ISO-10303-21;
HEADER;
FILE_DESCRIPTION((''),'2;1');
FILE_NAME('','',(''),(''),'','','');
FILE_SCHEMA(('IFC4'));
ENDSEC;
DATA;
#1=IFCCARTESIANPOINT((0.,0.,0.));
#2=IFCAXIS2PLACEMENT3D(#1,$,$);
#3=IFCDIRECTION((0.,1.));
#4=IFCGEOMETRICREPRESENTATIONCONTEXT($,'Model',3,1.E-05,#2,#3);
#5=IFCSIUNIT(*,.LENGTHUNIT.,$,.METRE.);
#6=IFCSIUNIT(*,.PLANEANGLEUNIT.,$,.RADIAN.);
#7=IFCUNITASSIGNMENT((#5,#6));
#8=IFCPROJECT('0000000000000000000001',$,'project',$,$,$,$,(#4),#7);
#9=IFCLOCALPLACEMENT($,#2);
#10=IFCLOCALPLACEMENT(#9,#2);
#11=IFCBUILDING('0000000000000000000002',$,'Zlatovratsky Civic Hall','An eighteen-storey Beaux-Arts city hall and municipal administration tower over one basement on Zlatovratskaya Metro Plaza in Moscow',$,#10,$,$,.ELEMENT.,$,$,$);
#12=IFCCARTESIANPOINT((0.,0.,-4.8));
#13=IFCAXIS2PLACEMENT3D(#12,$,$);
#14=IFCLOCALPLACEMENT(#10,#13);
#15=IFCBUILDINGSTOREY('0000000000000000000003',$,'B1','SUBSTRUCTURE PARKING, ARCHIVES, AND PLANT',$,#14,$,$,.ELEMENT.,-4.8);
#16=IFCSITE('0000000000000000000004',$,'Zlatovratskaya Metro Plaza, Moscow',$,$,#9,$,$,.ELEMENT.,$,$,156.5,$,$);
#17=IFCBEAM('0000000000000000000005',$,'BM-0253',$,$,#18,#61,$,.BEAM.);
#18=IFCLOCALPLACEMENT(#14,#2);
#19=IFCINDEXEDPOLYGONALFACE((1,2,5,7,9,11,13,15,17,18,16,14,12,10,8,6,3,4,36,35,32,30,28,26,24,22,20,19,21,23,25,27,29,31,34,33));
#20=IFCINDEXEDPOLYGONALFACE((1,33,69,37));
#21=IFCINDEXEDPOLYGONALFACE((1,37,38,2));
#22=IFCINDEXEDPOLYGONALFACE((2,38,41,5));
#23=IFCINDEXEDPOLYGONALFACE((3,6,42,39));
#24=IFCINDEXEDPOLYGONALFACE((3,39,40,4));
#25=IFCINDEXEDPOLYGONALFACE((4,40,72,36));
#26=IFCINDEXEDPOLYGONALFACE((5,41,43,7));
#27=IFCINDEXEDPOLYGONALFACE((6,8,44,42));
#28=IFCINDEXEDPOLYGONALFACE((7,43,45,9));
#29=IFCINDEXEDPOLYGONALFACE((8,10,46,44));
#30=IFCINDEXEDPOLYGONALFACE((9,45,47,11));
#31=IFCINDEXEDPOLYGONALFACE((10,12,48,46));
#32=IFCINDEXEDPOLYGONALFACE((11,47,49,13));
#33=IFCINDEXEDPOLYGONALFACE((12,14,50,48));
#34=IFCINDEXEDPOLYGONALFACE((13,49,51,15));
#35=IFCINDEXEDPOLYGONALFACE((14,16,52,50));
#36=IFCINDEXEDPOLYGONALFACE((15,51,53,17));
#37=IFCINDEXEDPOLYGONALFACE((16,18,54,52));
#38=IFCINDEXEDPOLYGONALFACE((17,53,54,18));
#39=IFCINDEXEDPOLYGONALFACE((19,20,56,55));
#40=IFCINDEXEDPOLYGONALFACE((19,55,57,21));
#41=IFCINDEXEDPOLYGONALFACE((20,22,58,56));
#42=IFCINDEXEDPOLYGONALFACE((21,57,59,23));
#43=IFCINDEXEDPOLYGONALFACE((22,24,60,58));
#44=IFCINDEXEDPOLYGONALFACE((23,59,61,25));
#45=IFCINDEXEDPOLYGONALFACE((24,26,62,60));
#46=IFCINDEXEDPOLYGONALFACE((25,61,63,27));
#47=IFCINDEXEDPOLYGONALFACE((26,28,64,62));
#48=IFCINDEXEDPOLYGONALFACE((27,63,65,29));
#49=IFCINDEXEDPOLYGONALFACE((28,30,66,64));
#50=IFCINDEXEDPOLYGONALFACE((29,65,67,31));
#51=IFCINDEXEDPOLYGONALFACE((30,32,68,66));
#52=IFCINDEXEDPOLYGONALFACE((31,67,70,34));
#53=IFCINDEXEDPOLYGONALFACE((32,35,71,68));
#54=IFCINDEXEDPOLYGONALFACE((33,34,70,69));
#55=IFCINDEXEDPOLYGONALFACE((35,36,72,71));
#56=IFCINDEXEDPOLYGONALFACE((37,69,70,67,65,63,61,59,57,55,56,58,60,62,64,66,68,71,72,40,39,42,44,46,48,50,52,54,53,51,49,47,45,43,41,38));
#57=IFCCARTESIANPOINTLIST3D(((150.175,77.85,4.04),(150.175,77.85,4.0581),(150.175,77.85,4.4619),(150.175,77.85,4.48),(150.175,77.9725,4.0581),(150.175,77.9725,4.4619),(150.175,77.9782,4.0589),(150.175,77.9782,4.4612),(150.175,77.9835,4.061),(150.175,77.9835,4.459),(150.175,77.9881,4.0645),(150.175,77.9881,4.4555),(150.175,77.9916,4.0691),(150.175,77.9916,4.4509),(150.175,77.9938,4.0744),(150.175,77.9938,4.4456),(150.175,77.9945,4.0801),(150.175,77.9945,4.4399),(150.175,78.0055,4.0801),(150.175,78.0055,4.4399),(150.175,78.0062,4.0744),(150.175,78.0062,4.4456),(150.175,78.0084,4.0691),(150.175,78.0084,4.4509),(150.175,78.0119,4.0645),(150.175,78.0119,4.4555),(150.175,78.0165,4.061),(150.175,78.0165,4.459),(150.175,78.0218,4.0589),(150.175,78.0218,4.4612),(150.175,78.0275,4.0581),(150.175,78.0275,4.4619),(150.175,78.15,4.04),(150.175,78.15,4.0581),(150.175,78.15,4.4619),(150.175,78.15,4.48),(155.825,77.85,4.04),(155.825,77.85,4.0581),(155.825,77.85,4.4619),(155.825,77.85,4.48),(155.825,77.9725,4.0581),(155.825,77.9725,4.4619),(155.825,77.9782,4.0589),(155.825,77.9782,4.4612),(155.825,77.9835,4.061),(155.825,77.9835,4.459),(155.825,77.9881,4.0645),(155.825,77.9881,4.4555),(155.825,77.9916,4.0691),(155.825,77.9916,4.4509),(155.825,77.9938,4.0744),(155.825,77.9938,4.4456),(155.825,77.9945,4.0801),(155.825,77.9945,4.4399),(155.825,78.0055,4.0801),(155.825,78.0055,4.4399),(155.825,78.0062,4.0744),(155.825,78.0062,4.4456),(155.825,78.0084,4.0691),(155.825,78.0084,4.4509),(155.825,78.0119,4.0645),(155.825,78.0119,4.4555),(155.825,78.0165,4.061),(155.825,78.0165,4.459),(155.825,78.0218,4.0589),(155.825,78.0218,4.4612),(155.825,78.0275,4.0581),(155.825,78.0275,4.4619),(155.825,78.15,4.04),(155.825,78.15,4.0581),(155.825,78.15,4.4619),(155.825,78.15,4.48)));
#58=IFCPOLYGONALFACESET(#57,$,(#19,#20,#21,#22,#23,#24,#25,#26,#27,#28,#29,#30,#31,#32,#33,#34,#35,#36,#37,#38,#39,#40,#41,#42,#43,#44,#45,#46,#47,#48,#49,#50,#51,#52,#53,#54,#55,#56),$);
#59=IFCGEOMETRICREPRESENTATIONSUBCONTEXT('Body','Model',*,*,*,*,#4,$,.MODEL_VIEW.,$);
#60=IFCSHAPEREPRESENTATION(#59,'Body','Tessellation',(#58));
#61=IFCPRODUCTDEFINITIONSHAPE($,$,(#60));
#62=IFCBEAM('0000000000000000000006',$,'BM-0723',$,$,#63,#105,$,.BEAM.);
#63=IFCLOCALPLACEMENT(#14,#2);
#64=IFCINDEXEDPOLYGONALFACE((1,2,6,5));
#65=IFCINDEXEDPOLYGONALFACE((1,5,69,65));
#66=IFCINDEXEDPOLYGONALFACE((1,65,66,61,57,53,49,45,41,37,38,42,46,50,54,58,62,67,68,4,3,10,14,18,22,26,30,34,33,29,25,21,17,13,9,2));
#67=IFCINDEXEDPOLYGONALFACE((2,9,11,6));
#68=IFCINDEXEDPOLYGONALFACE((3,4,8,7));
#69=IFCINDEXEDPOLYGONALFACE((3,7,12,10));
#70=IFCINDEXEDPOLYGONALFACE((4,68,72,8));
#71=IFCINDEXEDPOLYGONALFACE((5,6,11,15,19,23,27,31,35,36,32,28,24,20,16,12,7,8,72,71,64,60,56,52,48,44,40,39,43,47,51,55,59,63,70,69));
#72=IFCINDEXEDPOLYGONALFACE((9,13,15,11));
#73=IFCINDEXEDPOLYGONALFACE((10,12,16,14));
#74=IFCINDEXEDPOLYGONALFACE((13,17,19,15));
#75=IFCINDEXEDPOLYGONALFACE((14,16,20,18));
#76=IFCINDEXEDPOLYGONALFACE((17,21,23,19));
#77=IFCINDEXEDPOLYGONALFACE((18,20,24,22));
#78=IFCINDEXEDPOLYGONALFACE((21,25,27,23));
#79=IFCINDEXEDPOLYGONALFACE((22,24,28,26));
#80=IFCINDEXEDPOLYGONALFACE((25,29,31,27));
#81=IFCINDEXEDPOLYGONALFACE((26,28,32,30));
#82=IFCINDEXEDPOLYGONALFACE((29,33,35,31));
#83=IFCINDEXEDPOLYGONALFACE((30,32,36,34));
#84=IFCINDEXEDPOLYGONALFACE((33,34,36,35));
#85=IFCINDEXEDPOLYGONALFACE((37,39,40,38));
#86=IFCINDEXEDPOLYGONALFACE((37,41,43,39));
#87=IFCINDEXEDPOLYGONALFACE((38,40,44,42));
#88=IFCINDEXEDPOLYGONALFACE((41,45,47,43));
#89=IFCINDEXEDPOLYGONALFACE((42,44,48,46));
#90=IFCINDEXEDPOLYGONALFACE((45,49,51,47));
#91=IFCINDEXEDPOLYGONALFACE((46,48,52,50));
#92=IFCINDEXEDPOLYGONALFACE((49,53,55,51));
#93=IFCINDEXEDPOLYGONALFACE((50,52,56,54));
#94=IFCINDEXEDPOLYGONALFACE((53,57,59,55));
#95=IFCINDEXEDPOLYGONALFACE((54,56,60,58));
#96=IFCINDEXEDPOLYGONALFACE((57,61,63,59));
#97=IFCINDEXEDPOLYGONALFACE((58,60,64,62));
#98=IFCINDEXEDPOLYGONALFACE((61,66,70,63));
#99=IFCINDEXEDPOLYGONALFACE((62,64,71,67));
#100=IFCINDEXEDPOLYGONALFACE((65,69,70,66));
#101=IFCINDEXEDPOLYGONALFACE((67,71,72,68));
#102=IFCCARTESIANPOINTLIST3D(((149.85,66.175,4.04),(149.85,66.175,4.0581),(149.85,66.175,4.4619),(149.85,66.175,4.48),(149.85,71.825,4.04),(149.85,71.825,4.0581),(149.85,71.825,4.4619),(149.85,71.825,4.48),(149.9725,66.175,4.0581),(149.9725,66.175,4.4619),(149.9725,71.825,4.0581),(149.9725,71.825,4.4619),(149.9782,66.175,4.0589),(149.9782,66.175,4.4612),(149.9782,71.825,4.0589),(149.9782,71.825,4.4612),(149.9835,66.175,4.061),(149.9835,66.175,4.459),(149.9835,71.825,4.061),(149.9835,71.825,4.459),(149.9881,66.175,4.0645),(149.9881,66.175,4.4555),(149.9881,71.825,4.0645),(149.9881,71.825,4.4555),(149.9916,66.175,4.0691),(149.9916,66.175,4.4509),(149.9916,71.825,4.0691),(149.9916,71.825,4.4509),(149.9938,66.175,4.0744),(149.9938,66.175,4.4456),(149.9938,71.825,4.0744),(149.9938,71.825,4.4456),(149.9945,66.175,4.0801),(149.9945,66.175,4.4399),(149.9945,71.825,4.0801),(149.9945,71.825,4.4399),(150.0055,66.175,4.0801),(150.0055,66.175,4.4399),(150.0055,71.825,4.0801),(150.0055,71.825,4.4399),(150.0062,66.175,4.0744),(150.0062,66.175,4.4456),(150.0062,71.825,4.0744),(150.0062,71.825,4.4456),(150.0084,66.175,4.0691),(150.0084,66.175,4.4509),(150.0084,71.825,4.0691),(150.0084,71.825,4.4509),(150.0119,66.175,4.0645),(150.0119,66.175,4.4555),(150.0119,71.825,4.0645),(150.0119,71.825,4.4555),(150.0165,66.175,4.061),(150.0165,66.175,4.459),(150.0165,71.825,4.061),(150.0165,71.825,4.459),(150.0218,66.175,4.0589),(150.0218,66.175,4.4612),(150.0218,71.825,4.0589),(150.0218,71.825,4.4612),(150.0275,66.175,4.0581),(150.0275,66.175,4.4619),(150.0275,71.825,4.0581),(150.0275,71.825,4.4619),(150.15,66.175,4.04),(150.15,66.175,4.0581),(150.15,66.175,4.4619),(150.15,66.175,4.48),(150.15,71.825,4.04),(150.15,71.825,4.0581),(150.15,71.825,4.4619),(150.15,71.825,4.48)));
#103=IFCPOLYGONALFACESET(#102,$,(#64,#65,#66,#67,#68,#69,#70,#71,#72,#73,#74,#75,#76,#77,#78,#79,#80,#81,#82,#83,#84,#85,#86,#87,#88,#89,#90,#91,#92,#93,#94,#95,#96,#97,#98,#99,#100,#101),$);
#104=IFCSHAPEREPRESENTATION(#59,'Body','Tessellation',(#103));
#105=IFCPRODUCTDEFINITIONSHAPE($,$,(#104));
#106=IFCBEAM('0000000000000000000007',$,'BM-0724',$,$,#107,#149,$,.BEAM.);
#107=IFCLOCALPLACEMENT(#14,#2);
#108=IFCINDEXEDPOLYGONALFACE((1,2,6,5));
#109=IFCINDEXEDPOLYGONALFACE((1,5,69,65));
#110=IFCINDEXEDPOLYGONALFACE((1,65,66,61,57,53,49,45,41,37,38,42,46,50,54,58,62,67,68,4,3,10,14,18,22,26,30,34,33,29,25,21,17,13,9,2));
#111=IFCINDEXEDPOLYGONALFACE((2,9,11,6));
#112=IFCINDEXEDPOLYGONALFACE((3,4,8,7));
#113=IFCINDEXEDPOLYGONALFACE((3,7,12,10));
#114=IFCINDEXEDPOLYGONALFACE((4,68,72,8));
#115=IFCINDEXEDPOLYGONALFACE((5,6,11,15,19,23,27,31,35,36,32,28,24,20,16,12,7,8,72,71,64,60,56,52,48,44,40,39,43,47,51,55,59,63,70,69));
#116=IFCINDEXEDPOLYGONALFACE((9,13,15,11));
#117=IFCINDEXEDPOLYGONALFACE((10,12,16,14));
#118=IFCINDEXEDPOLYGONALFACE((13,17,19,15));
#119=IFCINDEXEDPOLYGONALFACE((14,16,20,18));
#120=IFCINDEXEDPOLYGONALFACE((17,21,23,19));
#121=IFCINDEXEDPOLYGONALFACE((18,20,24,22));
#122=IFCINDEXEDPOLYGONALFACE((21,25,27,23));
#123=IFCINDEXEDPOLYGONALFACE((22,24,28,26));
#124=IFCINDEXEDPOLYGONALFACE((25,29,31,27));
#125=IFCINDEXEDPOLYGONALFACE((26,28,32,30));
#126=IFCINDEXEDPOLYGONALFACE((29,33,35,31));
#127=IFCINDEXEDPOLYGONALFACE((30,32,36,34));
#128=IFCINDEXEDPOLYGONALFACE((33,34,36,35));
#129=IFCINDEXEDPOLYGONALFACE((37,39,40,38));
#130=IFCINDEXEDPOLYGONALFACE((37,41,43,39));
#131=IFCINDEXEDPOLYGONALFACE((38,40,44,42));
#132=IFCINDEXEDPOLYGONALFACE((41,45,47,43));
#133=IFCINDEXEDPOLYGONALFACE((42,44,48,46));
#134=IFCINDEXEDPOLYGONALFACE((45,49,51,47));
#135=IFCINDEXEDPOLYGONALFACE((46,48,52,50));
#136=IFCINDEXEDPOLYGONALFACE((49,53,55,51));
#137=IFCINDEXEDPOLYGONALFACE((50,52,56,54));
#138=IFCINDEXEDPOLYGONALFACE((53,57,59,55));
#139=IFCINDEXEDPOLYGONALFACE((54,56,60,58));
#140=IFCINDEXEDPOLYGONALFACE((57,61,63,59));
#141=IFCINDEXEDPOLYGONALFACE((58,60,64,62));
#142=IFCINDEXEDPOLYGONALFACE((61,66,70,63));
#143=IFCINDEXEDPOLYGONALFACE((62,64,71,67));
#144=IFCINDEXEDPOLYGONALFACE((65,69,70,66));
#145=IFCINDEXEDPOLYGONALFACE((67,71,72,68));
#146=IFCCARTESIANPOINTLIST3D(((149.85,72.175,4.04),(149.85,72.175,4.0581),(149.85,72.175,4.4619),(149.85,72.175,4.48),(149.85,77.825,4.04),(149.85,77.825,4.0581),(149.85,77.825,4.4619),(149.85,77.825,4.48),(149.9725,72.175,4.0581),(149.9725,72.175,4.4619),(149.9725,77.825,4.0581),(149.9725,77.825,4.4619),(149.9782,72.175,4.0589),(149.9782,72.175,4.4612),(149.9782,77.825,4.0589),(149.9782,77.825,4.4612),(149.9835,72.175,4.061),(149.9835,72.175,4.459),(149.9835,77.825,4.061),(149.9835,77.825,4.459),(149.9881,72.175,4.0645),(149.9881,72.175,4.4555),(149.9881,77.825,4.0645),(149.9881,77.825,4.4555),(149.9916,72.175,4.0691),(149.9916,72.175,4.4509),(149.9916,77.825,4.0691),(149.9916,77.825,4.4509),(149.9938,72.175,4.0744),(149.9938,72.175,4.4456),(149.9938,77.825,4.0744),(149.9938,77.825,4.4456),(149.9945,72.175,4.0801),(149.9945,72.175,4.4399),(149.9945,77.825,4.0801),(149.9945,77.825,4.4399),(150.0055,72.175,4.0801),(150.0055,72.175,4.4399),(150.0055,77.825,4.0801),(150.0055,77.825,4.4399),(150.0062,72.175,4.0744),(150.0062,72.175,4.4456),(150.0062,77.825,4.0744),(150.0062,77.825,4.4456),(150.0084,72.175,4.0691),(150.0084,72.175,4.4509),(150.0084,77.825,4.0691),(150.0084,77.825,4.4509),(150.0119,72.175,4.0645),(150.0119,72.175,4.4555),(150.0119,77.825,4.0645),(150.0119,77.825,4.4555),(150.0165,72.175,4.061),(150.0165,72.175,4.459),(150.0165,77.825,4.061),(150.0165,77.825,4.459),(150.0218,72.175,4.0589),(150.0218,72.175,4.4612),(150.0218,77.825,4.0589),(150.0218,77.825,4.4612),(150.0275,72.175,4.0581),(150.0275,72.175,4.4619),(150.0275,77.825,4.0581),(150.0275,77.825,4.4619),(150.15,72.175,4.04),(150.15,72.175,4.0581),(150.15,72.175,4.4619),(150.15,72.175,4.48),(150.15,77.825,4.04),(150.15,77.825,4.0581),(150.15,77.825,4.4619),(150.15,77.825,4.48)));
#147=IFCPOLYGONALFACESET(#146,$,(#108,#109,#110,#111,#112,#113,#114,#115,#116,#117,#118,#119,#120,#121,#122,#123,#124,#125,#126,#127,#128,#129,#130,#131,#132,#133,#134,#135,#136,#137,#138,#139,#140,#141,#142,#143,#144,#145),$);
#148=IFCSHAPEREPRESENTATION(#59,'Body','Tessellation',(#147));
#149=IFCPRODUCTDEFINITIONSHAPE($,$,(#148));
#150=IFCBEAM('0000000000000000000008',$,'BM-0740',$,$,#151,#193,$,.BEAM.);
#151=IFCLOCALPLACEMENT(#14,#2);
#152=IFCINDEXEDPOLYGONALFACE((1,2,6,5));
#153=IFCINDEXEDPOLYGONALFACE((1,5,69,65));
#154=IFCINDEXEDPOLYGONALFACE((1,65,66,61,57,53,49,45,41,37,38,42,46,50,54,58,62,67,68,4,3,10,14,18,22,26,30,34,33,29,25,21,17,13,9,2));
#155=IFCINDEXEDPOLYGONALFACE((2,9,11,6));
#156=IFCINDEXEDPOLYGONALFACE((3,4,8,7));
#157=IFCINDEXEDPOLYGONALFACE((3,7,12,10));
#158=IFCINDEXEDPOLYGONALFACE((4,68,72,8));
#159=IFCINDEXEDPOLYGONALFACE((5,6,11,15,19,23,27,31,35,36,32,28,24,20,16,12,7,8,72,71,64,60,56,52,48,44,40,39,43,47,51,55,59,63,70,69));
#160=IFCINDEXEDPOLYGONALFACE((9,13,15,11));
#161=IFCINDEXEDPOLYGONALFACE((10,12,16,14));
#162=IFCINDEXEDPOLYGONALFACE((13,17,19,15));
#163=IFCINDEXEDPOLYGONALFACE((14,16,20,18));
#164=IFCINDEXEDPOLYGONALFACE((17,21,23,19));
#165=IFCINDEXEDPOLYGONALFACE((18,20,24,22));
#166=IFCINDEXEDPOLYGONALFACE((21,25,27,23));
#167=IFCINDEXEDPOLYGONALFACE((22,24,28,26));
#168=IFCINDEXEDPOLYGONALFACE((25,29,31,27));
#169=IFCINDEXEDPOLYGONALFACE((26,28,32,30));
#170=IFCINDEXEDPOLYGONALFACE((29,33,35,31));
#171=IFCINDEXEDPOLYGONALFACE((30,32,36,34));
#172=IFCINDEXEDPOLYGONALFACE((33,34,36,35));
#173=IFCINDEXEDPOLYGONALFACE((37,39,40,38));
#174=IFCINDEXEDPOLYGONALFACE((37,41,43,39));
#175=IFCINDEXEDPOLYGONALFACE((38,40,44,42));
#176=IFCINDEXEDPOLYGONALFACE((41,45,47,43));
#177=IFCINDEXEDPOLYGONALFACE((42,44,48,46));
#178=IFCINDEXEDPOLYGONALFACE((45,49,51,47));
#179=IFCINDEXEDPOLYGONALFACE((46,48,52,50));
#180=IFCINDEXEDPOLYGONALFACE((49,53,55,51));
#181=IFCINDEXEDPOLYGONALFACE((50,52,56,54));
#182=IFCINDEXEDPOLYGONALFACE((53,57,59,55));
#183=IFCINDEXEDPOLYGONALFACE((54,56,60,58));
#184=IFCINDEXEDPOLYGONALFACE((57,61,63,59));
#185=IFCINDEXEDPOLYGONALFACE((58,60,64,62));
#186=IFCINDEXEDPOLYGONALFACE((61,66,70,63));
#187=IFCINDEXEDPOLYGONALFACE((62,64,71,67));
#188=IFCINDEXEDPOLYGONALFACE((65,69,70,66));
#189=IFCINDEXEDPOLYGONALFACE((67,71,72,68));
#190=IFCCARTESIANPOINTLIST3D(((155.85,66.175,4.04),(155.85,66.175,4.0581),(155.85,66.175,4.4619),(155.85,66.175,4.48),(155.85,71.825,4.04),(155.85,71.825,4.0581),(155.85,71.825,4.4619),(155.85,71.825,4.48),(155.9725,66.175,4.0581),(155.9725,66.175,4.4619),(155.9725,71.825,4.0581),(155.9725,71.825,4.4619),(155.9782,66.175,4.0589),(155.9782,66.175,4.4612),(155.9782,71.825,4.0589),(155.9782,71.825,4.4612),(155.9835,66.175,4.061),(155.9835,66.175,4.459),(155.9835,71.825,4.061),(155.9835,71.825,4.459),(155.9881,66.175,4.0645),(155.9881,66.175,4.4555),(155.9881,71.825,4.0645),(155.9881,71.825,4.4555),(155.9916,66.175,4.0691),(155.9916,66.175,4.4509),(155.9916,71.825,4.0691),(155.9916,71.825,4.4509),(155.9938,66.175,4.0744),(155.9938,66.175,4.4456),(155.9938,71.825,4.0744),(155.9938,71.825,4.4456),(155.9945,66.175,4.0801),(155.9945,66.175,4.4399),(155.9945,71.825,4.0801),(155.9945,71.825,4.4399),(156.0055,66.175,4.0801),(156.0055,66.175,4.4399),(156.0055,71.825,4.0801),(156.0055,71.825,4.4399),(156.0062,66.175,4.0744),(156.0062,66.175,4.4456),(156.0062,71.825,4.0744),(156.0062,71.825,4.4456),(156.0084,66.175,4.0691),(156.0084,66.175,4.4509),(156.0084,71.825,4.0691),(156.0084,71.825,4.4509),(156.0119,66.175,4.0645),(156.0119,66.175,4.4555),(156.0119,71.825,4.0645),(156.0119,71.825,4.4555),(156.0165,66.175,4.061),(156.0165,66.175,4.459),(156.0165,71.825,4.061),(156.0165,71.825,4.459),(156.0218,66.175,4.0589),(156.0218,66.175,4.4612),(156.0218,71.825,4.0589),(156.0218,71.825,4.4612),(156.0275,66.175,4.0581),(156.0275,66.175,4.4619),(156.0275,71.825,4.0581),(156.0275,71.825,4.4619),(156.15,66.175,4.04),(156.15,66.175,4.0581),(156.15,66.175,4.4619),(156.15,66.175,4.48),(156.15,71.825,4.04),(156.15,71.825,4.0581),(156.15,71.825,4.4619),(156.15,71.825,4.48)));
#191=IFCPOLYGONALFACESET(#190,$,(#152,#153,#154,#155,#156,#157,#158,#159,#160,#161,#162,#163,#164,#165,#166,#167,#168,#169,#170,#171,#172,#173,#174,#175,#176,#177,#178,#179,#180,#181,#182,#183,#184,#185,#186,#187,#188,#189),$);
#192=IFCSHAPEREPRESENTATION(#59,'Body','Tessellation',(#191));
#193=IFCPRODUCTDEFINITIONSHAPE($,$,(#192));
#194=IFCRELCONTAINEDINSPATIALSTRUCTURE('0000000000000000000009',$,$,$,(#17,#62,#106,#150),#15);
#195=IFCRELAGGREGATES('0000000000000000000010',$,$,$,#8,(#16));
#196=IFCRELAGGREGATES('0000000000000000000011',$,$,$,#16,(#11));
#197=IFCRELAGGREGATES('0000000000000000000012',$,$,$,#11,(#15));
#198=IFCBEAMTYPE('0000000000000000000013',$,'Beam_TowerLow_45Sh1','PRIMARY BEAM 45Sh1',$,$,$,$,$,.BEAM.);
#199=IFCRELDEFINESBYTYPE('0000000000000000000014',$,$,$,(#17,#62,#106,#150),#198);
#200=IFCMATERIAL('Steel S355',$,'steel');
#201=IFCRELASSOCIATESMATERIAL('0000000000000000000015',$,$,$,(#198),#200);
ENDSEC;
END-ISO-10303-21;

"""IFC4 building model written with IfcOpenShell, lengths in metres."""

from ifc_helpers import new_model, si_unit, direction, frame, origin, origin_2d, place, context, subcontext, project, spatial, i_section, extrude, material, material_profile, profile_set, type_object, element, save


model = new_model("IFC4")

# Units and contexts
model_context = context("Model", 3, precision=1e-05, world=origin(), true_north=direction((0.0, 1.0)))
body_context = subcontext(model_context, "Body", "Model", "MODEL_VIEW")
ifc_project = project(units=[si_unit("LENGTHUNIT", "METRE"), si_unit("PLANEANGLEUNIT", "RADIAN")], contexts=[model_context])

# Site, building, storey
site_placement = place(None, origin())
site = spatial("IfcSite", under=ifc_project, at=site_placement, Name="Zlatovratskaya Metro Plaza, Moscow", CompositionType="ELEMENT", RefElevation=156.5)
building_placement = place(site_placement, origin())
building = spatial("IfcBuilding", under=site, at=building_placement, Name="Zlatovratsky Civic Hall", Description="An eighteen-storey Beaux-Arts city hall and municipal administration tower over one basement on Zlatovratskaya Metro Plaza in Moscow", CompositionType="ELEMENT")
storey_placement = place(building_placement, frame((0.0, 0.0, -4.8)))
storey = spatial("IfcBuildingStorey", under=building, at=storey_placement, Name="B1", Description="SUBSTRUCTURE PARKING, ARCHIVES, AND PLANT", CompositionType="ELEMENT", Elevation=-4.8)

# Shared definitions
ifc_material_1 = material(Name="Steel S355", Category="steel")

# Beams
ifc_material_profile_1 = material_profile(ifc_material_1, i_section(OverallWidth=0.3, OverallDepth=0.4399, WebThickness=0.011, FlangeThickness=0.0181, FilletRadius=0.022, at=origin_2d()), Name="45Sh1")
ifc_profile_set_1 = profile_set([ifc_material_profile_1], Name="Steel S355")
beam_type = type_object("IfcBeamType", Name="Beam_TowerLow_45Sh1", Description="PRIMARY BEAM 45Sh1", PredefinedType="BEAM", material=ifc_profile_set_1)
for number, where, z_axis, x_axis, name in (
    (1, (150.175, 78.0, 4.26), (1.0, 0.0, 0.0), (0.0, 1.0, 0.0), "BM-0253"),
    (2, (150.0, 66.175, 4.26), (0.0, 1.0, 0.0), (-1.0, 0.0, 0.0), "BM-0723"),
    (3, (150.0, 72.175, 4.26), (0.0, 1.0, 0.0), (-1.0, 0.0, 0.0), "BM-0724"),
    (4, (156.0, 66.175, 4.26), (0.0, 1.0, 0.0), (-1.0, 0.0, 0.0), "BM-0740"),
):
    element("IfcBeam", number, at=place(storey_placement, frame(where, z_axis=z_axis, x_axis=x_axis)), inside=storey, type_object=beam_type, Name=name, PredefinedType="BEAM", context=body_context, shape_type="SweptSolid", body=[
        extrude(i_section(OverallWidth=0.3, OverallDepth=0.4399, WebThickness=0.011, FlangeThickness=0.0181, FilletRadius=0.022, at=origin_2d()), origin(), (0.0, 0.0, 1.0), 5.6499),
    ])

save(model, "model.ifc")
